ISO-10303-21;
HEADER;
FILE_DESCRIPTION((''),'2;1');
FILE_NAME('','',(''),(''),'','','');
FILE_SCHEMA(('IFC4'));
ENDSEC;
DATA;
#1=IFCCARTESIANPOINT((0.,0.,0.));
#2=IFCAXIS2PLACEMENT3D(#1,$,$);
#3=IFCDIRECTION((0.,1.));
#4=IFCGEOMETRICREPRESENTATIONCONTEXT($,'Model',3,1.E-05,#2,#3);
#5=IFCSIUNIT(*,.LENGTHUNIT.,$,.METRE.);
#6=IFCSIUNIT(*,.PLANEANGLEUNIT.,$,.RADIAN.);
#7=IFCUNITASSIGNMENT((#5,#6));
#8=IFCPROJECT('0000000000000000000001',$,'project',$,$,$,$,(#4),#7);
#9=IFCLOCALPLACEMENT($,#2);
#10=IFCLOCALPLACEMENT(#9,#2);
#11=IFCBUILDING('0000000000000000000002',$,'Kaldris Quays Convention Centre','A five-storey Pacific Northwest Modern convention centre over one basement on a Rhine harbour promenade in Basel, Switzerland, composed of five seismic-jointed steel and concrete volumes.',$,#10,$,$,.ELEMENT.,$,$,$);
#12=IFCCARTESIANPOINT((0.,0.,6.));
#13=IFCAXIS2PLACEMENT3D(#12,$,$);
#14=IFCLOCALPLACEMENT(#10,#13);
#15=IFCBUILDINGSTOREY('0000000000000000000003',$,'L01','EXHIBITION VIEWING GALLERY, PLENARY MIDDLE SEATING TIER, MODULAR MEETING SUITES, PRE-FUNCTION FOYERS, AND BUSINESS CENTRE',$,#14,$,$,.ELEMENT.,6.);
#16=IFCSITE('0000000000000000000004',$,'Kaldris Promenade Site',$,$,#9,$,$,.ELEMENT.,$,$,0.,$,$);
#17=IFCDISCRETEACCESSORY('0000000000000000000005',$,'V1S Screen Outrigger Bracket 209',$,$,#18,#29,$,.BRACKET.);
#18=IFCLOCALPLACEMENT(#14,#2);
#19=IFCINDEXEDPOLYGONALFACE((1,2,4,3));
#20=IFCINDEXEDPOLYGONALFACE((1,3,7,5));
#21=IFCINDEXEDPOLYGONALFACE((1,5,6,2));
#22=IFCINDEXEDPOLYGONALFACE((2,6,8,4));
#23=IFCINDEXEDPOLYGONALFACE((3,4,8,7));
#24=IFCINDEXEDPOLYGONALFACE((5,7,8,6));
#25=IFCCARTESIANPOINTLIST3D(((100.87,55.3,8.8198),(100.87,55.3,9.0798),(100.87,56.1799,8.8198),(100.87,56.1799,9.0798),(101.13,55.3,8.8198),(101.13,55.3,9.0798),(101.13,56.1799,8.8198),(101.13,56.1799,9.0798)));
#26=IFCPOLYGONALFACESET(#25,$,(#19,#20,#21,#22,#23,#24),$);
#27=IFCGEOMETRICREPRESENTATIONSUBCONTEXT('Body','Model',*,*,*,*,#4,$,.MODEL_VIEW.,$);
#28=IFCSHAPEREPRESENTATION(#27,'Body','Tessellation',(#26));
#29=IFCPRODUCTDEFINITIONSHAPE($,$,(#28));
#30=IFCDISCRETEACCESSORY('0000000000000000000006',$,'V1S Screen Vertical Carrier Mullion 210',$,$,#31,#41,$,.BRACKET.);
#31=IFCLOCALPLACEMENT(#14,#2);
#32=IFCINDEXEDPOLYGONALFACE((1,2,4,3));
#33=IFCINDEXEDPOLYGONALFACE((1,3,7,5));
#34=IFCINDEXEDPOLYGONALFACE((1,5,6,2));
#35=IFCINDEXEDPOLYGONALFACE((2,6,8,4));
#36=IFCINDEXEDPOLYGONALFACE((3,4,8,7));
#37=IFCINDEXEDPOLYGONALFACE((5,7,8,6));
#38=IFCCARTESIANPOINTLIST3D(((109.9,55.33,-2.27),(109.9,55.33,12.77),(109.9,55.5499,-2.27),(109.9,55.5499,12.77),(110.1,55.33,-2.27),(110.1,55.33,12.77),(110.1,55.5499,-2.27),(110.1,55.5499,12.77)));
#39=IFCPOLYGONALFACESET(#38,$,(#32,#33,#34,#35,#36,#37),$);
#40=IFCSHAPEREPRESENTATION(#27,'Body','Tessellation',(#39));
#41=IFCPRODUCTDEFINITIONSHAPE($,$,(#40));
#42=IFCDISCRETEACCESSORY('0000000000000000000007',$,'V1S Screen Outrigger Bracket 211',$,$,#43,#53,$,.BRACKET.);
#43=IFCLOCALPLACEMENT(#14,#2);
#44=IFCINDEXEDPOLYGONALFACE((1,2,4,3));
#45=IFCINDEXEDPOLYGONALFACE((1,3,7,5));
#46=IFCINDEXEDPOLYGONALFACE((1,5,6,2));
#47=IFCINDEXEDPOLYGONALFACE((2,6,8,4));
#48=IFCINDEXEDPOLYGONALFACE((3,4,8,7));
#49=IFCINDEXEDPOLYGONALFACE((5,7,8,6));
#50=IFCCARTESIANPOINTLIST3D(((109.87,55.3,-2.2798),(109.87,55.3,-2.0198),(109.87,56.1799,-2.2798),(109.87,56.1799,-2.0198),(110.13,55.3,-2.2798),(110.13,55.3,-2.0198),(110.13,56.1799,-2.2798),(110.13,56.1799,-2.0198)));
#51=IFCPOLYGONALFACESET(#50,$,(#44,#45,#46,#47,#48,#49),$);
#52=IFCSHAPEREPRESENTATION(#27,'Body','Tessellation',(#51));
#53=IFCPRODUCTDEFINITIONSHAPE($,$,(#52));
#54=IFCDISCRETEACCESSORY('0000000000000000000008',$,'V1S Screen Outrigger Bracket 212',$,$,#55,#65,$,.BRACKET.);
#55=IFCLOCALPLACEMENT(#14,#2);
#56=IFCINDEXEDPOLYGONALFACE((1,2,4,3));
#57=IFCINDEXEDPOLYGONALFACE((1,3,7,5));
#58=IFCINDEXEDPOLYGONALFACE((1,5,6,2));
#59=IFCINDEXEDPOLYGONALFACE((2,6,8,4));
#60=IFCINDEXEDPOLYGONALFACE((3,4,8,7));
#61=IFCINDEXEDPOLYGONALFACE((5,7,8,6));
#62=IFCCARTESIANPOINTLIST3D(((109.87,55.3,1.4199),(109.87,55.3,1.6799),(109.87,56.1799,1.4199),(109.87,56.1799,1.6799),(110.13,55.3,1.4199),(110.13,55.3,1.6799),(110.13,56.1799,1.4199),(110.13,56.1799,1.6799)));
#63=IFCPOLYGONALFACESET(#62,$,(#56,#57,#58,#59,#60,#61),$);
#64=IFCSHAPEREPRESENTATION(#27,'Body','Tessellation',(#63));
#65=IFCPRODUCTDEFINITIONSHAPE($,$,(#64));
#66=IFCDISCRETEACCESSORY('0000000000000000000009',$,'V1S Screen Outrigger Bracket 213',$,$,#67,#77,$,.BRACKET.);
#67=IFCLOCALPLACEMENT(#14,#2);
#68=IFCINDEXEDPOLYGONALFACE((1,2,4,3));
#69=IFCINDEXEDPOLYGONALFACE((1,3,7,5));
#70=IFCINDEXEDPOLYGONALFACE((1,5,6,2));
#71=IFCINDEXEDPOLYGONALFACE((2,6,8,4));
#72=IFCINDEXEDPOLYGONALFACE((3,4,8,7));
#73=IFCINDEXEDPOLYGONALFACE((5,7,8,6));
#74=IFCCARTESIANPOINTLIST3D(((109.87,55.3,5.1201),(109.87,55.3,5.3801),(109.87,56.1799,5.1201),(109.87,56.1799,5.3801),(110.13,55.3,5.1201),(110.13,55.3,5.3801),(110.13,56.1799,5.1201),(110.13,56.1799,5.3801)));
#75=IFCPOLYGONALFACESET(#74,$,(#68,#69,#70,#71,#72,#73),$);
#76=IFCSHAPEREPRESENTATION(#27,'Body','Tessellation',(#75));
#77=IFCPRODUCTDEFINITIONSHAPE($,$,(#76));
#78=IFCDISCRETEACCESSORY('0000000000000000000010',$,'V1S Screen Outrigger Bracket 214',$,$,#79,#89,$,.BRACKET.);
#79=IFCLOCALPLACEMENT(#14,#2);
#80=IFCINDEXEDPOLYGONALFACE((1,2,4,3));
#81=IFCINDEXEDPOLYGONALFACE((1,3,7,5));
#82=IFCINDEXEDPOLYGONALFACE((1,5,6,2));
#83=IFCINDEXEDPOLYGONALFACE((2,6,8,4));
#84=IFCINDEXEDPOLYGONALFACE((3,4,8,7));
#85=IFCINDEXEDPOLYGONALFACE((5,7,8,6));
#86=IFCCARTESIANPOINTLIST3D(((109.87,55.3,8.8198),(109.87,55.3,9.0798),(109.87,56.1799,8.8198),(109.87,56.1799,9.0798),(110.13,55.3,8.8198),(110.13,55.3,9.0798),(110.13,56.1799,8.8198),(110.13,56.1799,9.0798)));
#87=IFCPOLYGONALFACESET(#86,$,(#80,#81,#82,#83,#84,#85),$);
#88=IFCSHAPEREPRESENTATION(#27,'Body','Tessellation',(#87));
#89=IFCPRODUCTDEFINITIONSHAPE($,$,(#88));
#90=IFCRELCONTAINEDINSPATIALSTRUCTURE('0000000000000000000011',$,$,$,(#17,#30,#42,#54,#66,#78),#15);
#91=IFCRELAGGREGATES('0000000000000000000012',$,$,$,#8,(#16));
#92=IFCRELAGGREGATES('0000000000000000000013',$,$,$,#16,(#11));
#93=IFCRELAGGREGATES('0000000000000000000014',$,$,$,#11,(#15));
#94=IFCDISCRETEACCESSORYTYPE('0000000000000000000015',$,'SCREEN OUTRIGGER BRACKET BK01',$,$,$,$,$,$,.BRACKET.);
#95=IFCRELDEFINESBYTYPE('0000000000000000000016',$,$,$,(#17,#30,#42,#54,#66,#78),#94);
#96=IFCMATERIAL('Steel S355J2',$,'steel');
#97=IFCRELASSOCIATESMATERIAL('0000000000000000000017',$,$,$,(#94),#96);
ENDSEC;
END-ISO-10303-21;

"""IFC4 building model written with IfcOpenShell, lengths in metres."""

from ifc_helpers import new_model, si_unit, direction, frame, origin, origin_2d, place, context, subcontext, project, spatial, rectangle, extrude, material, type_object, element, save


model = new_model("IFC4")

# Units and contexts
model_context = context("Model", 3, precision=1e-05, world=origin(), true_north=direction((0.0, 1.0)))
body_context = subcontext(model_context, "Body", "Model", "MODEL_VIEW")
ifc_project = project(units=[si_unit("LENGTHUNIT", "METRE"), si_unit("PLANEANGLEUNIT", "RADIAN")], contexts=[model_context])

# Site, building, storey
site_placement = place(None, origin())
site = spatial("IfcSite", under=ifc_project, at=site_placement, Name="Kaldris Promenade Site", CompositionType="ELEMENT", RefElevation=0.0)
building_placement = place(site_placement, origin())
building = spatial("IfcBuilding", under=site, at=building_placement, Name="Kaldris Quays Convention Centre", Description="A five-storey Pacific Northwest Modern convention centre over one basement on a Rhine harbour promenade in Basel, Switzerland, composed of five seismic-jointed steel and concrete volumes.", CompositionType="ELEMENT")
storey_placement = place(building_placement, frame((0.0, 0.0, 6.0)))
storey = spatial("IfcBuildingStorey", under=building, at=storey_placement, Name="L01", Description="EXHIBITION VIEWING GALLERY, PLENARY MIDDLE SEATING TIER, MODULAR MEETING SUITES, PRE-FUNCTION FOYERS, AND BUSINESS CENTRE", CompositionType="ELEMENT", Elevation=6.0)

# Shared definitions
ifc_material_1 = material(Name="Steel S355J2", Category="steel")

# Discrete accessories
discrete_accessory_type = type_object("IfcDiscreteAccessoryType", Name="SCREEN OUTRIGGER BRACKET BK01", PredefinedType="BRACKET", material=ifc_material_1)
for number, where, z_axis, x_axis, name in (
    (1, (101.0, 55.74, 8.8198), (0.0, 0.0, 1.0), (1.0, 0.0, 0.0), "V1S Screen Outrigger Bracket 209"),
):
    element("IfcDiscreteAccessory", number, at=place(storey_placement, frame(where, z_axis=z_axis, x_axis=x_axis)), inside=storey, type_object=discrete_accessory_type, Name=name, PredefinedType="BRACKET", context=body_context, shape_type="SweptSolid", body=[
        extrude(rectangle(XDim=0.26, YDim=0.8799, at=origin_2d()), origin(), (0.0, 0.0, 1.0), 0.26),
    ])
discrete_accessory_placement = place(storey_placement, frame((110.0, 55.4399, -2.27), z_axis=(0.0, 0.0, 1.0), x_axis=(1.0, 0.0, 0.0)))
element("IfcDiscreteAccessory", 2, at=discrete_accessory_placement, inside=storey, type_object=discrete_accessory_type, Name="V1S Screen Vertical Carrier Mullion 210", PredefinedType="BRACKET", context=body_context, shape_type="SweptSolid", body=[
    extrude(rectangle(XDim=0.2, YDim=0.22, at=origin_2d()), origin(), (0.0, 0.0, 1.0), 15.04),
])
for number, where, z_axis, x_axis, name in (
    (3, (110.0, 55.74, -2.2798), (0.0, 0.0, 1.0), (1.0, 0.0, 0.0), "V1S Screen Outrigger Bracket 211"),
    (4, (110.0, 55.74, 1.4199), (0.0, 0.0, 1.0), (1.0, 0.0, 0.0), "V1S Screen Outrigger Bracket 212"),
    (5, (110.0, 55.74, 5.1201), (0.0, 0.0, 1.0), (1.0, 0.0, 0.0), "V1S Screen Outrigger Bracket 213"),
    (6, (110.0, 55.74, 8.8198), (0.0, 0.0, 1.0), (1.0, 0.0, 0.0), "V1S Screen Outrigger Bracket 214"),
):
    element("IfcDiscreteAccessory", number, at=place(storey_placement, frame(where, z_axis=z_axis, x_axis=x_axis)), inside=storey, type_object=discrete_accessory_type, Name=name, PredefinedType="BRACKET", context=body_context, shape_type="SweptSolid", body=[
        extrude(rectangle(XDim=0.26, YDim=0.8799, at=origin_2d()), origin(), (0.0, 0.0, 1.0), 0.26),
    ])

save(model, "model.ifc")
